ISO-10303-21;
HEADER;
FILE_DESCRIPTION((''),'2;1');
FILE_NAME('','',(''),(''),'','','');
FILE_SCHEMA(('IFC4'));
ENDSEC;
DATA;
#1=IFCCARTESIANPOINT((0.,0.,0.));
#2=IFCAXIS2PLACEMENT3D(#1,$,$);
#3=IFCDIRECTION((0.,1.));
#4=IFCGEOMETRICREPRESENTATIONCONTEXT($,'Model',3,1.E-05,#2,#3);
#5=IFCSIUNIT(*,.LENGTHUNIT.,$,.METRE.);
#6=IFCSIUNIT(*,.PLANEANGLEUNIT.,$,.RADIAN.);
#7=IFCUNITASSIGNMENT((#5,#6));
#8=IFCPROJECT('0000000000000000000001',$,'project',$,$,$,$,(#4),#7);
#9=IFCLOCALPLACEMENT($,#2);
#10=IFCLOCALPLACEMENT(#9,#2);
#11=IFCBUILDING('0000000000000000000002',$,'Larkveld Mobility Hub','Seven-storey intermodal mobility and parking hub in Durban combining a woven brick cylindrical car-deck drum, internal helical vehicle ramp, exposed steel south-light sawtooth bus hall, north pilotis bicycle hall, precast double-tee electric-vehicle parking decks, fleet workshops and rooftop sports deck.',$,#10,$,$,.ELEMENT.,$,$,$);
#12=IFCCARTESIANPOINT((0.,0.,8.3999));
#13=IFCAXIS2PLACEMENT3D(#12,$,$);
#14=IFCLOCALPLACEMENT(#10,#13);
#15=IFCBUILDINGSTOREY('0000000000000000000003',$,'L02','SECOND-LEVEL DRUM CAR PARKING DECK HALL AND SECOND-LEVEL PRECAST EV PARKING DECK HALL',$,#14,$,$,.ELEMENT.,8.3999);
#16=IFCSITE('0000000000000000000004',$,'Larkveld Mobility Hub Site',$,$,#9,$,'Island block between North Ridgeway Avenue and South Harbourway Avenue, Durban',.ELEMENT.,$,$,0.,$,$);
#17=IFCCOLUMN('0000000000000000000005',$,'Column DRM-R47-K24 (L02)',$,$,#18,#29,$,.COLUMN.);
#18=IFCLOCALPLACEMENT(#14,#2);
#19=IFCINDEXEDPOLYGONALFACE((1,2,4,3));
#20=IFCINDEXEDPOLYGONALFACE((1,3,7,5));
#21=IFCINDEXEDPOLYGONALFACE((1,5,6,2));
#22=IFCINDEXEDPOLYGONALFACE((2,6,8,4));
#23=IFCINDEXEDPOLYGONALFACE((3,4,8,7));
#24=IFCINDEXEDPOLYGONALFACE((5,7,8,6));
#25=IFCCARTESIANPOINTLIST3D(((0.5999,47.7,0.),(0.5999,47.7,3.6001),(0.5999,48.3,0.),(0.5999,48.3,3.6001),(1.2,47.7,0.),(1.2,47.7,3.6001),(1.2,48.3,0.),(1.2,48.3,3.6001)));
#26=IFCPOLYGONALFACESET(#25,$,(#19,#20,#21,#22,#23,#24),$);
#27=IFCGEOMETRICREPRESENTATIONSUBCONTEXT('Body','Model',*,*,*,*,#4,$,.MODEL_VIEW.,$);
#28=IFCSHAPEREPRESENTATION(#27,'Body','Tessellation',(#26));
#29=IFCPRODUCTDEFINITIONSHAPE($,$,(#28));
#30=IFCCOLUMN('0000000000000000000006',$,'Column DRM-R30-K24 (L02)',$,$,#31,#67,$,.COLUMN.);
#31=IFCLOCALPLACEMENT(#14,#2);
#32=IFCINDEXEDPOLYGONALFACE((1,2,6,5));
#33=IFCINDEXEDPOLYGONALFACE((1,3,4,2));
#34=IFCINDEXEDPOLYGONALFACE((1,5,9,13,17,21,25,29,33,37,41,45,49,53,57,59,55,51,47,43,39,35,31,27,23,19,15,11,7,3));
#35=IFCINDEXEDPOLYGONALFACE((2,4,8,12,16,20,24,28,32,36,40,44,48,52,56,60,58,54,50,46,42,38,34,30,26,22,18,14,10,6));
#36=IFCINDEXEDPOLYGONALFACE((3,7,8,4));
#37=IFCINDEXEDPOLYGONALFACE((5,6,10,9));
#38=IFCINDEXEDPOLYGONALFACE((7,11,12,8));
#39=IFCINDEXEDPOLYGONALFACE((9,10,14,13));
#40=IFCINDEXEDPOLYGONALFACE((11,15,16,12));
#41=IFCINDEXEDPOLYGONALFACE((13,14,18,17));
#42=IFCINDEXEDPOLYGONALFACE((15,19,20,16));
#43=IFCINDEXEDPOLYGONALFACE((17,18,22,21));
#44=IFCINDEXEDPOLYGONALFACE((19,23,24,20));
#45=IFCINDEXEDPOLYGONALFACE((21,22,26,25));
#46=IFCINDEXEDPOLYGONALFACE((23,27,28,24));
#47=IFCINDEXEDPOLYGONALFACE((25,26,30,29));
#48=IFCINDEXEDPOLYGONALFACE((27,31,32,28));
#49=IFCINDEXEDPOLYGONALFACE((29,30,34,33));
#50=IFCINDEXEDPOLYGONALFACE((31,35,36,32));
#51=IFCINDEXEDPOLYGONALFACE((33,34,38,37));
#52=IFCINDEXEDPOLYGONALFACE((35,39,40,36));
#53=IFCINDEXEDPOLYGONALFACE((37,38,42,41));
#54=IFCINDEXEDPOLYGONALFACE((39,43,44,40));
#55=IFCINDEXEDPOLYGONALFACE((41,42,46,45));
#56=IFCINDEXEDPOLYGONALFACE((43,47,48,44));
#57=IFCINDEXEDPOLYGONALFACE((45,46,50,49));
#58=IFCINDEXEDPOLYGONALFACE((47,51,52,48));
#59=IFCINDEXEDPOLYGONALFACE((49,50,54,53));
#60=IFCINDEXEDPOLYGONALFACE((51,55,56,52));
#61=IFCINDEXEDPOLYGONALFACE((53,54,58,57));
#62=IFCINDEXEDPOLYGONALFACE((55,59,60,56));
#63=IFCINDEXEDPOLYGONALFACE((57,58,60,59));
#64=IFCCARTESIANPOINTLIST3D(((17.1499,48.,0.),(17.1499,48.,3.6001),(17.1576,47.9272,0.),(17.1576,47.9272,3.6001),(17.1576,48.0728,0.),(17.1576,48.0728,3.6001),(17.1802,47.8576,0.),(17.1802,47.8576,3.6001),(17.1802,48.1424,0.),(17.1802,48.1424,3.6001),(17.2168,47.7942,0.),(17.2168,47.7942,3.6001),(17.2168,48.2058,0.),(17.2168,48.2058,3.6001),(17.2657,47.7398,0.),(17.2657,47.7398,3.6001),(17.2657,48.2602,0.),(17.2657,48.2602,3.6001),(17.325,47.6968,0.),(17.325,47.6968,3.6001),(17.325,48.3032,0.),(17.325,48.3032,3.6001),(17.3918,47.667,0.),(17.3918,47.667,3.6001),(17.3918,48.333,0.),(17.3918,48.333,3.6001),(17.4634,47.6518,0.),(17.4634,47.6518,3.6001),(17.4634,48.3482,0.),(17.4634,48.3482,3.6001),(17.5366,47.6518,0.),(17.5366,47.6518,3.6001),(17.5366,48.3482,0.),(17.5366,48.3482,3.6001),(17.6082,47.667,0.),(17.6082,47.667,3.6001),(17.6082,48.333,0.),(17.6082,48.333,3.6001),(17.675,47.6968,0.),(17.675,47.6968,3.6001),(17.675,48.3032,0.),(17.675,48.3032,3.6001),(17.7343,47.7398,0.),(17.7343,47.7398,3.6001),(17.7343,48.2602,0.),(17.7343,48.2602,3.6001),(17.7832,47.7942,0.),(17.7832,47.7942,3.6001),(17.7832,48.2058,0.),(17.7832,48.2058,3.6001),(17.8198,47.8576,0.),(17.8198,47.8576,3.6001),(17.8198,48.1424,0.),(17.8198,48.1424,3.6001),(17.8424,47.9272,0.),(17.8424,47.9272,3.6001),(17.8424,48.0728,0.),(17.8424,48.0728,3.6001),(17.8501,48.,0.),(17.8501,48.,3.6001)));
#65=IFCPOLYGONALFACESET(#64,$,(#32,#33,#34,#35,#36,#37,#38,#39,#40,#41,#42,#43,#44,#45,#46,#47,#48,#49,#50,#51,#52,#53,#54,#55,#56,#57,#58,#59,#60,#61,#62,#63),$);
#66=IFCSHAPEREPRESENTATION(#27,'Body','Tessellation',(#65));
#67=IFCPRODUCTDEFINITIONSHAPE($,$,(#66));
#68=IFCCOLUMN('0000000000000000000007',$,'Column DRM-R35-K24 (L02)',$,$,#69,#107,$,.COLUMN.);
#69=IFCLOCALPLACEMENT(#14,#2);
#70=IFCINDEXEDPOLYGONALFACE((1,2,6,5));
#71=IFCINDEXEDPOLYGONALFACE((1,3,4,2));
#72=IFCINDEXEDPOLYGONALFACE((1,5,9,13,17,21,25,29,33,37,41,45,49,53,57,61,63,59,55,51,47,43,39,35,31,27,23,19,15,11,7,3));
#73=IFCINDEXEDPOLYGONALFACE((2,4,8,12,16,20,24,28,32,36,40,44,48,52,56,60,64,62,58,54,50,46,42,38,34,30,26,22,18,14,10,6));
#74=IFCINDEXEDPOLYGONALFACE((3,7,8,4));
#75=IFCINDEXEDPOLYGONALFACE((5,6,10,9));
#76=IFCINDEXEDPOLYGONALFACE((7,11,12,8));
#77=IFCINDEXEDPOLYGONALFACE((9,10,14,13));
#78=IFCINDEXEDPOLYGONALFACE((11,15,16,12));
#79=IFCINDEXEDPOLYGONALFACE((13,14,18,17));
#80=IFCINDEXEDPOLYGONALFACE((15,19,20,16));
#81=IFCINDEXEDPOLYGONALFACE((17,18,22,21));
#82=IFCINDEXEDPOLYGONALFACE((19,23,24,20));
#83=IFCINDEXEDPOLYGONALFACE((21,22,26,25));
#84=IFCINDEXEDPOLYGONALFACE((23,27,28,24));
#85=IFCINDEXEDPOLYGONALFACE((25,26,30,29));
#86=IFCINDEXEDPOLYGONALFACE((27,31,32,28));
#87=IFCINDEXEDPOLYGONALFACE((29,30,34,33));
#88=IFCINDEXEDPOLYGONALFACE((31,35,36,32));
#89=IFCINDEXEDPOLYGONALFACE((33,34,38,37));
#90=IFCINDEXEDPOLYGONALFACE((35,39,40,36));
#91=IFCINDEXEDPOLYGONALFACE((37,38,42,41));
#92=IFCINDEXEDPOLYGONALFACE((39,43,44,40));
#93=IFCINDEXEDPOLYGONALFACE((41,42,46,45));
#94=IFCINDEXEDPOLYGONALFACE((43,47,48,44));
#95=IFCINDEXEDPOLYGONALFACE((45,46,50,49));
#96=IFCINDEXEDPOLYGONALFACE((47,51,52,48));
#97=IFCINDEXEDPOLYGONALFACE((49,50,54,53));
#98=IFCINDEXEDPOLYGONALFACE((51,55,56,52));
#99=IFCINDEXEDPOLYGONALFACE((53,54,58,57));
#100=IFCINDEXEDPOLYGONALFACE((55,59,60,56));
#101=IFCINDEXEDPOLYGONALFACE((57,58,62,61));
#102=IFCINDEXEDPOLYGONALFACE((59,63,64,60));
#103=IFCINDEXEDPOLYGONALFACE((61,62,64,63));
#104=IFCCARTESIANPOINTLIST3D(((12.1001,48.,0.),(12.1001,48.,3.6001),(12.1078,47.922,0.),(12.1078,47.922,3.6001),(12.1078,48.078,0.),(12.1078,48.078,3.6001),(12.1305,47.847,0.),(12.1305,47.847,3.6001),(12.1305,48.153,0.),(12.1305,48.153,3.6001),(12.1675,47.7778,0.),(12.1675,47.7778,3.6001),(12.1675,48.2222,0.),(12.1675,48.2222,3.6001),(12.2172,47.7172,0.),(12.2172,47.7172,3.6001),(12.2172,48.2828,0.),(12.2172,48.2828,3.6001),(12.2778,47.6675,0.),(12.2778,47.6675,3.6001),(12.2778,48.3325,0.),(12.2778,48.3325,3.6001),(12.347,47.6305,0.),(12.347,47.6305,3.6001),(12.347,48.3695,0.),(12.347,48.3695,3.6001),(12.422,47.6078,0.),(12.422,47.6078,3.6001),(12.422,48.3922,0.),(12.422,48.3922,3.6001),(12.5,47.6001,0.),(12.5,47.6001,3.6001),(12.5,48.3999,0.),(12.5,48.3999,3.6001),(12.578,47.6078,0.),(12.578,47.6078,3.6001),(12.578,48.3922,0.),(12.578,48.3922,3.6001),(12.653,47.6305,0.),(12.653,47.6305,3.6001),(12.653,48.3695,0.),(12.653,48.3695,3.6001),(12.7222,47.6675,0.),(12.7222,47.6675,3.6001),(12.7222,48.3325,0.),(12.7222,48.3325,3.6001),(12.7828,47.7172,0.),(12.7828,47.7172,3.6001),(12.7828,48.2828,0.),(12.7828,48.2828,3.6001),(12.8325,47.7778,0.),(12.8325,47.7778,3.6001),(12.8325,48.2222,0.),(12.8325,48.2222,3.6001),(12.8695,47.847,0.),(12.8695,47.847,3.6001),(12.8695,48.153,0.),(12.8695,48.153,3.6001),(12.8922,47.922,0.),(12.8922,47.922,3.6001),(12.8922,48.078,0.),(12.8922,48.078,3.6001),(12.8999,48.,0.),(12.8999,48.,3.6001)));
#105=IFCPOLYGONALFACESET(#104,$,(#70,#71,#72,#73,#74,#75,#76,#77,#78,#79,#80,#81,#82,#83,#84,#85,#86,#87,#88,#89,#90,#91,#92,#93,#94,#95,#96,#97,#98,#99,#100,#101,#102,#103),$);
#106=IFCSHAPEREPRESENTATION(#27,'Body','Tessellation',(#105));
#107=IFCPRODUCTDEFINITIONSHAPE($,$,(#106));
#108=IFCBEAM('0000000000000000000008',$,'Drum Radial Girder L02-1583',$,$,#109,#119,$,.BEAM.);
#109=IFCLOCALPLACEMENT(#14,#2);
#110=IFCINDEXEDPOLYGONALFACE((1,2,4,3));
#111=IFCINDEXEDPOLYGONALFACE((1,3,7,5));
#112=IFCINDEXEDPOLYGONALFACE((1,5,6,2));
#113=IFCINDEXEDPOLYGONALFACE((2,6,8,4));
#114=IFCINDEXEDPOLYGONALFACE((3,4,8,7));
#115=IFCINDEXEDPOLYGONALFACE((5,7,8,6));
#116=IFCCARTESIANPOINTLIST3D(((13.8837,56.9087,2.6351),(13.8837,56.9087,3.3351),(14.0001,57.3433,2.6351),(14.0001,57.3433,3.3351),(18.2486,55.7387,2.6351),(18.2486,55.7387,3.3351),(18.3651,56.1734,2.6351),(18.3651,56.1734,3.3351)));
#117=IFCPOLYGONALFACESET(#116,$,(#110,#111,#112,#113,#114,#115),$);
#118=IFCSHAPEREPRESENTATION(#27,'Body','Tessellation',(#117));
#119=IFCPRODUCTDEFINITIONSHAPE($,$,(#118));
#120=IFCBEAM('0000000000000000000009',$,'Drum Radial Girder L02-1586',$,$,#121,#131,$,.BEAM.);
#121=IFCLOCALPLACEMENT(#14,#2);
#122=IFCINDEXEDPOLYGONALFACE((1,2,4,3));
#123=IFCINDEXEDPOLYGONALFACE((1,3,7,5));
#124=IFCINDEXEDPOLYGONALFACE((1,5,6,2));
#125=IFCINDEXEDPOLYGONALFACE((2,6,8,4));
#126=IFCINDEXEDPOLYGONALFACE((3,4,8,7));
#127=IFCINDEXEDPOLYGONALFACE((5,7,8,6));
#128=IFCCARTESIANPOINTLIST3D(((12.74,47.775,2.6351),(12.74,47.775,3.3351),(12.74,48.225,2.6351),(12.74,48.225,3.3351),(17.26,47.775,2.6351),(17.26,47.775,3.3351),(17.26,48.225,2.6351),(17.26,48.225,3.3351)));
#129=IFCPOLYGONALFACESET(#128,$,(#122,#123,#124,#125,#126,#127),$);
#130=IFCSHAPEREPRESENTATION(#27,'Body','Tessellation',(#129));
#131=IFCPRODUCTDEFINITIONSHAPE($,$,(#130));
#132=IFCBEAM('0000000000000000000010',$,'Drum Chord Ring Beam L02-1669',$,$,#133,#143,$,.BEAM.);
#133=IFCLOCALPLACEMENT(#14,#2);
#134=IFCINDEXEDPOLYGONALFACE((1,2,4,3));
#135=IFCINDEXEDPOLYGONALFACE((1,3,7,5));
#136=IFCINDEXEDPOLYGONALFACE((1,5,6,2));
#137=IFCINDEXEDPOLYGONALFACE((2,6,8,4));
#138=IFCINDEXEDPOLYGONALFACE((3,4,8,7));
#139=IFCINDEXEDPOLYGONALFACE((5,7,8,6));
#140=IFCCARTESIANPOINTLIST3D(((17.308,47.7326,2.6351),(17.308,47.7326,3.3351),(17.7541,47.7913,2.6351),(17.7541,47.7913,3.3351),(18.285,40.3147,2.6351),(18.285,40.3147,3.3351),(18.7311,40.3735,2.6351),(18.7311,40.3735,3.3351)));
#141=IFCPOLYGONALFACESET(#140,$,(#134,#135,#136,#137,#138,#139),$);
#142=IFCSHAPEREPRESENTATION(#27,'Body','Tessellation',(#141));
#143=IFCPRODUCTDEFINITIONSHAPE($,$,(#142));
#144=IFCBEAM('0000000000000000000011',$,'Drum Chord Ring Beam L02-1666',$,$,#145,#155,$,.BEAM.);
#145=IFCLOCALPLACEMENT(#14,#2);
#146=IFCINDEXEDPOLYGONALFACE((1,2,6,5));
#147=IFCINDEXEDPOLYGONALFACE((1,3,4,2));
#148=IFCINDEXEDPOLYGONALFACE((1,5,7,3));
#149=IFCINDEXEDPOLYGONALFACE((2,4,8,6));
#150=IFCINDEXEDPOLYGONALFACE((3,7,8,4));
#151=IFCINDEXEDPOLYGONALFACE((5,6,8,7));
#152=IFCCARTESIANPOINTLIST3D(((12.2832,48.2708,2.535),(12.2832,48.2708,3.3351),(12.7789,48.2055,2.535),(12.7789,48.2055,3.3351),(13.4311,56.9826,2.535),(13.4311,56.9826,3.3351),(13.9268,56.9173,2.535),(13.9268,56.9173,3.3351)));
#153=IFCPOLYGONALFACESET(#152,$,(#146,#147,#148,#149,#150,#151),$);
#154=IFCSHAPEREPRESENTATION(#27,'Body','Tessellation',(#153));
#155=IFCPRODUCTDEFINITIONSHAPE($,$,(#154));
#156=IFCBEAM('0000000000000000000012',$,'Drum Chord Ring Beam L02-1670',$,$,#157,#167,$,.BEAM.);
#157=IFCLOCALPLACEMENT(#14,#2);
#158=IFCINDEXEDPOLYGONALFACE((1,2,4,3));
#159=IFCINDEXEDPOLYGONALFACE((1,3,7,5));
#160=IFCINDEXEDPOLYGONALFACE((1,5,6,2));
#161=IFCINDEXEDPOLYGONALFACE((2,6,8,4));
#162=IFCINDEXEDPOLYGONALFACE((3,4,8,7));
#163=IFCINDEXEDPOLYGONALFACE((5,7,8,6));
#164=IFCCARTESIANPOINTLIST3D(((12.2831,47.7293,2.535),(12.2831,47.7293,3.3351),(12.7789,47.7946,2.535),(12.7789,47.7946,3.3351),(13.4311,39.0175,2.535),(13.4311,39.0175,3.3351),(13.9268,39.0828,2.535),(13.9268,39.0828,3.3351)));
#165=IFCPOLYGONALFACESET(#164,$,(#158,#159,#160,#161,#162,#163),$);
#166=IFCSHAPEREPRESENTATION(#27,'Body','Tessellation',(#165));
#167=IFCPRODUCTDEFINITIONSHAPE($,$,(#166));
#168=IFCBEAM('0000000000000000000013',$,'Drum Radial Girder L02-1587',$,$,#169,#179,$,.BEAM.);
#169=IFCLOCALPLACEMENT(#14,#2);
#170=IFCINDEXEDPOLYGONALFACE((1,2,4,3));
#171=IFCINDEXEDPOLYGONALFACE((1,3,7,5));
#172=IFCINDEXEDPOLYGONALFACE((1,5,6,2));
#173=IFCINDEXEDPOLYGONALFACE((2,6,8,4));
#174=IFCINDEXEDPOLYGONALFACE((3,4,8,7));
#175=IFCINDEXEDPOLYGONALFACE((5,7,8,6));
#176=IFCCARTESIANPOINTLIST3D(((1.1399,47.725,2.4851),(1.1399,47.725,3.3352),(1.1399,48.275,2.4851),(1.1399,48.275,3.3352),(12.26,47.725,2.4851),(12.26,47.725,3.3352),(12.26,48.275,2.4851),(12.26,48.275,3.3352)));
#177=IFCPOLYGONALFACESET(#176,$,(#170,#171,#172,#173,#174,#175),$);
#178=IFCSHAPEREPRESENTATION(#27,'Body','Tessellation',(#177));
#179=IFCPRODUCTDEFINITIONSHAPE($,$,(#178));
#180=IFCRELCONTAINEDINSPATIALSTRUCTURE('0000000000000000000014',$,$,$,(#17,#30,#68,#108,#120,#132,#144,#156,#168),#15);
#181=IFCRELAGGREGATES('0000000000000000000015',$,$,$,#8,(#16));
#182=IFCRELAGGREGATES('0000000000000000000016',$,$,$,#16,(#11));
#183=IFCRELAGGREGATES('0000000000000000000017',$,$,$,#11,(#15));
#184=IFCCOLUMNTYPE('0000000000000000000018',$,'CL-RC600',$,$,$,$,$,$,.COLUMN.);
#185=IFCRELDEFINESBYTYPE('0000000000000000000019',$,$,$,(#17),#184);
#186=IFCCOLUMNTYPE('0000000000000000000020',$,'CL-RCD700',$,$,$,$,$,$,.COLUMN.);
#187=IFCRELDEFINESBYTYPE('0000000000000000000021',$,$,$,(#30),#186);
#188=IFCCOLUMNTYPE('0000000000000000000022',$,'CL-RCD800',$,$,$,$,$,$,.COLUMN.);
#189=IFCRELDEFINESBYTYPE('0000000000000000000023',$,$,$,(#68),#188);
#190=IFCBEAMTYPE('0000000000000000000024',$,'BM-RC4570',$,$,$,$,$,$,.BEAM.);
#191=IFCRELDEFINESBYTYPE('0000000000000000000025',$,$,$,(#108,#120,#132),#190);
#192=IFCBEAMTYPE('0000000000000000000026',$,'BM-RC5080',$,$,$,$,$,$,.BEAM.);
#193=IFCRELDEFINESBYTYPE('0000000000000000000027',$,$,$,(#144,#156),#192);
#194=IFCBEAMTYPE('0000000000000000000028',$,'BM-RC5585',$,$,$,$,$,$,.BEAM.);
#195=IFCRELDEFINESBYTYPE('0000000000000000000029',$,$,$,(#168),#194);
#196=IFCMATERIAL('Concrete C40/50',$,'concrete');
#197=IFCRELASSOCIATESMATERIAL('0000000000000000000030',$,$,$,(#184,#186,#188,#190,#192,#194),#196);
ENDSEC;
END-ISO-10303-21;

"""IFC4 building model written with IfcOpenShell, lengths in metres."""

from ifc_helpers import new_model, si_unit, direction, frame, origin, origin_2d, place, context, subcontext, project, spatial, rectangle, circle, extrude, material, material_profile, profile_set, type_object, element, save


model = new_model("IFC4")

# Units and contexts
model_context = context("Model", 3, precision=1e-05, world=origin(), true_north=direction((0.0, 1.0)))
body_context = subcontext(model_context, "Body", "Model", "MODEL_VIEW")
ifc_project = project(units=[si_unit("LENGTHUNIT", "METRE"), si_unit("PLANEANGLEUNIT", "RADIAN")], contexts=[model_context])

# Site, building, storey
site_placement = place(None, origin())
site = spatial("IfcSite", under=ifc_project, at=site_placement, Name="Larkveld Mobility Hub Site", LongName="Island block between North Ridgeway Avenue and South Harbourway Avenue, Durban", CompositionType="ELEMENT", RefElevation=0.0)
building_placement = place(site_placement, origin())
building = spatial("IfcBuilding", under=site, at=building_placement, Name="Larkveld Mobility Hub", Description="Seven-storey intermodal mobility and parking hub in Durban combining a woven brick cylindrical car-deck drum, internal helical vehicle ramp, exposed steel south-light sawtooth bus hall, north pilotis bicycle hall, precast double-tee electric-vehicle parking decks, fleet workshops and rooftop sports deck.", CompositionType="ELEMENT")
storey_placement = place(building_placement, frame((0.0, 0.0, 8.3999)))
storey = spatial("IfcBuildingStorey", under=building, at=storey_placement, Name="L02", Description="SECOND-LEVEL DRUM CAR PARKING DECK HALL AND SECOND-LEVEL PRECAST EV PARKING DECK HALL", CompositionType="ELEMENT", Elevation=8.3999)

# Columns
ifc_material_1 = material(Name="Concrete C40/50", Category="concrete")
ifc_material_profile_1 = material_profile(ifc_material_1, rectangle(XDim=0.6001, YDim=0.6001, at=origin_2d()), Name="RC COL 600x600")
ifc_profile_set_1 = profile_set([ifc_material_profile_1], Name="Concrete C40/50")
column_type_1 = type_object("IfcColumnType", Name="CL-RC600", PredefinedType="COLUMN", material=ifc_profile_set_1)
column_1_placement = place(storey_placement, frame((0.8999, 48.0, 0.0), z_axis=(0.0, 0.0, 1.0), x_axis=(1.0, 0.0, 0.0)))
element("IfcColumn", 1, at=column_1_placement, inside=storey, type_object=column_type_1, Name="Column DRM-R47-K24 (L02)", PredefinedType="COLUMN", context=body_context, shape_type="SweptSolid", body=[
    extrude(rectangle(XDim=0.6001, YDim=0.6001, at=origin_2d()), origin(), (0.0, 0.0, 1.0), 3.6001),
])
ifc_material_profile_2 = material_profile(ifc_material_1, circle(Radius=0.3501, at=origin_2d()), Name="RC COL D700")
ifc_profile_set_2 = profile_set([ifc_material_profile_2], Name="Concrete C40/50")
column_type_2 = type_object("IfcColumnType", Name="CL-RCD700", PredefinedType="COLUMN", material=ifc_profile_set_2)
column_2_placement = place(storey_placement, frame((17.5, 48.0, 0.0), z_axis=(0.0, 0.0, 1.0), x_axis=(1.0, 0.0, 0.0)))
element("IfcColumn", 2, at=column_2_placement, inside=storey, type_object=column_type_2, Name="Column DRM-R30-K24 (L02)", PredefinedType="COLUMN", context=body_context, shape_type="SweptSolid", body=[
    extrude(circle(Radius=0.3501, at=origin_2d()), origin(), (0.0, 0.0, 1.0), 3.6001),
])
ifc_material_profile_3 = material_profile(ifc_material_1, circle(Radius=0.3999, at=origin_2d()), Name="RC COL D800")
ifc_profile_set_3 = profile_set([ifc_material_profile_3], Name="Concrete C40/50")
column_type_3 = type_object("IfcColumnType", Name="CL-RCD800", PredefinedType="COLUMN", material=ifc_profile_set_3)
column_3_placement = place(storey_placement, frame((12.5, 48.0, 0.0), z_axis=(0.0, 0.0, 1.0), x_axis=(1.0, 0.0, 0.0)))
element("IfcColumn", 3, at=column_3_placement, inside=storey, type_object=column_type_3, Name="Column DRM-R35-K24 (L02)", PredefinedType="COLUMN", context=body_context, shape_type="SweptSolid", body=[
    extrude(circle(Radius=0.3999, at=origin_2d()), origin(), (0.0, 0.0, 1.0), 3.6001),
])

# Beams
ifc_material_profile_4 = material_profile(ifc_material_1, rectangle(XDim=0.45, YDim=0.7, at=origin_2d()), Name="RC BM 450x700")
ifc_profile_set_4 = profile_set([ifc_material_profile_4], Name="Concrete C40/50")
beam_type_1 = type_object("IfcBeamType", Name="BM-RC4570", PredefinedType="BEAM", material=ifc_profile_set_4)
beam_1_placement = place(storey_placement, frame((18.3069, 55.9561, 2.9851), z_axis=(-0.965908, 0.258886, 0.0), x_axis=(-0.258886, -0.965908, 0.0)))
element("IfcBeam", 4, at=beam_1_placement, inside=storey, type_object=beam_type_1, Name="Drum Radial Girder L02-1583", PredefinedType="BEAM", context=body_context, shape_type="SweptSolid", body=[
    extrude(rectangle(XDim=0.45, YDim=0.7, at=origin_2d()), origin(), (0.0, 0.0, 1.0), 4.519),
])
beam_2_placement = place(storey_placement, frame((17.26, 48.0, 2.9851), z_axis=(-1.0, 0.0, 0.0), x_axis=(0.0, -1.0, 0.0)))
element("IfcBeam", 5, at=beam_2_placement, inside=storey, type_object=beam_type_1, Name="Drum Radial Girder L02-1586", PredefinedType="BEAM", context=body_context, shape_type="SweptSolid", body=[
    extrude(rectangle(XDim=0.45, YDim=0.7, at=origin_2d()), origin(), (0.0, 0.0, 1.0), 4.52),
])
beam_3_placement = place(storey_placement, frame((17.531, 47.762, 2.9851), z_axis=(0.130586, -0.991437, 0.0), x_axis=(0.991437, 0.130586, 0.0)))
element("IfcBeam", 6, at=beam_3_placement, inside=storey, type_object=beam_type_1, Name="Drum Chord Ring Beam L02-1669", PredefinedType="BEAM", context=body_context, shape_type="SweptSolid", body=[
    extrude(rectangle(XDim=0.45, YDim=0.7, at=origin_2d()), origin(), (0.0, 0.0, 1.0), 7.4819),
])
ifc_material_profile_5 = material_profile(ifc_material_1, rectangle(XDim=0.5, YDim=0.8, at=origin_2d()), Name="RC BM 500x800")
ifc_profile_set_5 = profile_set([ifc_material_profile_5], Name="Concrete C40/50")
beam_type_2 = type_object("IfcBeamType", Name="BM-RC5080", PredefinedType="BEAM", material=ifc_profile_set_5)
for number, where, z_axis, x_axis, name in (
    (7, (13.679, 56.95, 2.9351), (-0.130638, -0.99143, 0.0), (0.99143, -0.130638, 0.0), "Drum Chord Ring Beam L02-1666"),
    (8, (12.531, 47.762, 2.9351), (0.130638, -0.99143, 0.0), (0.99143, 0.130638, 0.0), "Drum Chord Ring Beam L02-1670"),
):
    element("IfcBeam", number, at=place(storey_placement, frame(where, z_axis=z_axis, x_axis=x_axis)), inside=storey, type_object=beam_type_2, Name=name, PredefinedType="BEAM", context=body_context, shape_type="SweptSolid", body=[
        extrude(rectangle(XDim=0.5, YDim=0.8, at=origin_2d()), origin(), (0.0, 0.0, 1.0), 8.7871),
    ])
ifc_material_profile_6 = material_profile(ifc_material_1, rectangle(XDim=0.55, YDim=0.8501, at=origin_2d()), Name="RC BM 550x850")
ifc_profile_set_6 = profile_set([ifc_material_profile_6], Name="Concrete C40/50")
beam_type_3 = type_object("IfcBeamType", Name="BM-RC5585", PredefinedType="BEAM", material=ifc_profile_set_6)
beam_4_placement = place(storey_placement, frame((12.26, 48.0, 2.9102), z_axis=(-1.0, 0.0, 0.0), x_axis=(0.0, -1.0, 0.0)))
element("IfcBeam", 9, at=beam_4_placement, inside=storey, type_object=beam_type_3, Name="Drum Radial Girder L02-1587", PredefinedType="BEAM", context=body_context, shape_type="SweptSolid", body=[
    extrude(rectangle(XDim=0.55, YDim=0.8501, at=origin_2d()), origin(), (0.0, 0.0, 1.0), 11.1201),
])

save(model, "model.ifc")
